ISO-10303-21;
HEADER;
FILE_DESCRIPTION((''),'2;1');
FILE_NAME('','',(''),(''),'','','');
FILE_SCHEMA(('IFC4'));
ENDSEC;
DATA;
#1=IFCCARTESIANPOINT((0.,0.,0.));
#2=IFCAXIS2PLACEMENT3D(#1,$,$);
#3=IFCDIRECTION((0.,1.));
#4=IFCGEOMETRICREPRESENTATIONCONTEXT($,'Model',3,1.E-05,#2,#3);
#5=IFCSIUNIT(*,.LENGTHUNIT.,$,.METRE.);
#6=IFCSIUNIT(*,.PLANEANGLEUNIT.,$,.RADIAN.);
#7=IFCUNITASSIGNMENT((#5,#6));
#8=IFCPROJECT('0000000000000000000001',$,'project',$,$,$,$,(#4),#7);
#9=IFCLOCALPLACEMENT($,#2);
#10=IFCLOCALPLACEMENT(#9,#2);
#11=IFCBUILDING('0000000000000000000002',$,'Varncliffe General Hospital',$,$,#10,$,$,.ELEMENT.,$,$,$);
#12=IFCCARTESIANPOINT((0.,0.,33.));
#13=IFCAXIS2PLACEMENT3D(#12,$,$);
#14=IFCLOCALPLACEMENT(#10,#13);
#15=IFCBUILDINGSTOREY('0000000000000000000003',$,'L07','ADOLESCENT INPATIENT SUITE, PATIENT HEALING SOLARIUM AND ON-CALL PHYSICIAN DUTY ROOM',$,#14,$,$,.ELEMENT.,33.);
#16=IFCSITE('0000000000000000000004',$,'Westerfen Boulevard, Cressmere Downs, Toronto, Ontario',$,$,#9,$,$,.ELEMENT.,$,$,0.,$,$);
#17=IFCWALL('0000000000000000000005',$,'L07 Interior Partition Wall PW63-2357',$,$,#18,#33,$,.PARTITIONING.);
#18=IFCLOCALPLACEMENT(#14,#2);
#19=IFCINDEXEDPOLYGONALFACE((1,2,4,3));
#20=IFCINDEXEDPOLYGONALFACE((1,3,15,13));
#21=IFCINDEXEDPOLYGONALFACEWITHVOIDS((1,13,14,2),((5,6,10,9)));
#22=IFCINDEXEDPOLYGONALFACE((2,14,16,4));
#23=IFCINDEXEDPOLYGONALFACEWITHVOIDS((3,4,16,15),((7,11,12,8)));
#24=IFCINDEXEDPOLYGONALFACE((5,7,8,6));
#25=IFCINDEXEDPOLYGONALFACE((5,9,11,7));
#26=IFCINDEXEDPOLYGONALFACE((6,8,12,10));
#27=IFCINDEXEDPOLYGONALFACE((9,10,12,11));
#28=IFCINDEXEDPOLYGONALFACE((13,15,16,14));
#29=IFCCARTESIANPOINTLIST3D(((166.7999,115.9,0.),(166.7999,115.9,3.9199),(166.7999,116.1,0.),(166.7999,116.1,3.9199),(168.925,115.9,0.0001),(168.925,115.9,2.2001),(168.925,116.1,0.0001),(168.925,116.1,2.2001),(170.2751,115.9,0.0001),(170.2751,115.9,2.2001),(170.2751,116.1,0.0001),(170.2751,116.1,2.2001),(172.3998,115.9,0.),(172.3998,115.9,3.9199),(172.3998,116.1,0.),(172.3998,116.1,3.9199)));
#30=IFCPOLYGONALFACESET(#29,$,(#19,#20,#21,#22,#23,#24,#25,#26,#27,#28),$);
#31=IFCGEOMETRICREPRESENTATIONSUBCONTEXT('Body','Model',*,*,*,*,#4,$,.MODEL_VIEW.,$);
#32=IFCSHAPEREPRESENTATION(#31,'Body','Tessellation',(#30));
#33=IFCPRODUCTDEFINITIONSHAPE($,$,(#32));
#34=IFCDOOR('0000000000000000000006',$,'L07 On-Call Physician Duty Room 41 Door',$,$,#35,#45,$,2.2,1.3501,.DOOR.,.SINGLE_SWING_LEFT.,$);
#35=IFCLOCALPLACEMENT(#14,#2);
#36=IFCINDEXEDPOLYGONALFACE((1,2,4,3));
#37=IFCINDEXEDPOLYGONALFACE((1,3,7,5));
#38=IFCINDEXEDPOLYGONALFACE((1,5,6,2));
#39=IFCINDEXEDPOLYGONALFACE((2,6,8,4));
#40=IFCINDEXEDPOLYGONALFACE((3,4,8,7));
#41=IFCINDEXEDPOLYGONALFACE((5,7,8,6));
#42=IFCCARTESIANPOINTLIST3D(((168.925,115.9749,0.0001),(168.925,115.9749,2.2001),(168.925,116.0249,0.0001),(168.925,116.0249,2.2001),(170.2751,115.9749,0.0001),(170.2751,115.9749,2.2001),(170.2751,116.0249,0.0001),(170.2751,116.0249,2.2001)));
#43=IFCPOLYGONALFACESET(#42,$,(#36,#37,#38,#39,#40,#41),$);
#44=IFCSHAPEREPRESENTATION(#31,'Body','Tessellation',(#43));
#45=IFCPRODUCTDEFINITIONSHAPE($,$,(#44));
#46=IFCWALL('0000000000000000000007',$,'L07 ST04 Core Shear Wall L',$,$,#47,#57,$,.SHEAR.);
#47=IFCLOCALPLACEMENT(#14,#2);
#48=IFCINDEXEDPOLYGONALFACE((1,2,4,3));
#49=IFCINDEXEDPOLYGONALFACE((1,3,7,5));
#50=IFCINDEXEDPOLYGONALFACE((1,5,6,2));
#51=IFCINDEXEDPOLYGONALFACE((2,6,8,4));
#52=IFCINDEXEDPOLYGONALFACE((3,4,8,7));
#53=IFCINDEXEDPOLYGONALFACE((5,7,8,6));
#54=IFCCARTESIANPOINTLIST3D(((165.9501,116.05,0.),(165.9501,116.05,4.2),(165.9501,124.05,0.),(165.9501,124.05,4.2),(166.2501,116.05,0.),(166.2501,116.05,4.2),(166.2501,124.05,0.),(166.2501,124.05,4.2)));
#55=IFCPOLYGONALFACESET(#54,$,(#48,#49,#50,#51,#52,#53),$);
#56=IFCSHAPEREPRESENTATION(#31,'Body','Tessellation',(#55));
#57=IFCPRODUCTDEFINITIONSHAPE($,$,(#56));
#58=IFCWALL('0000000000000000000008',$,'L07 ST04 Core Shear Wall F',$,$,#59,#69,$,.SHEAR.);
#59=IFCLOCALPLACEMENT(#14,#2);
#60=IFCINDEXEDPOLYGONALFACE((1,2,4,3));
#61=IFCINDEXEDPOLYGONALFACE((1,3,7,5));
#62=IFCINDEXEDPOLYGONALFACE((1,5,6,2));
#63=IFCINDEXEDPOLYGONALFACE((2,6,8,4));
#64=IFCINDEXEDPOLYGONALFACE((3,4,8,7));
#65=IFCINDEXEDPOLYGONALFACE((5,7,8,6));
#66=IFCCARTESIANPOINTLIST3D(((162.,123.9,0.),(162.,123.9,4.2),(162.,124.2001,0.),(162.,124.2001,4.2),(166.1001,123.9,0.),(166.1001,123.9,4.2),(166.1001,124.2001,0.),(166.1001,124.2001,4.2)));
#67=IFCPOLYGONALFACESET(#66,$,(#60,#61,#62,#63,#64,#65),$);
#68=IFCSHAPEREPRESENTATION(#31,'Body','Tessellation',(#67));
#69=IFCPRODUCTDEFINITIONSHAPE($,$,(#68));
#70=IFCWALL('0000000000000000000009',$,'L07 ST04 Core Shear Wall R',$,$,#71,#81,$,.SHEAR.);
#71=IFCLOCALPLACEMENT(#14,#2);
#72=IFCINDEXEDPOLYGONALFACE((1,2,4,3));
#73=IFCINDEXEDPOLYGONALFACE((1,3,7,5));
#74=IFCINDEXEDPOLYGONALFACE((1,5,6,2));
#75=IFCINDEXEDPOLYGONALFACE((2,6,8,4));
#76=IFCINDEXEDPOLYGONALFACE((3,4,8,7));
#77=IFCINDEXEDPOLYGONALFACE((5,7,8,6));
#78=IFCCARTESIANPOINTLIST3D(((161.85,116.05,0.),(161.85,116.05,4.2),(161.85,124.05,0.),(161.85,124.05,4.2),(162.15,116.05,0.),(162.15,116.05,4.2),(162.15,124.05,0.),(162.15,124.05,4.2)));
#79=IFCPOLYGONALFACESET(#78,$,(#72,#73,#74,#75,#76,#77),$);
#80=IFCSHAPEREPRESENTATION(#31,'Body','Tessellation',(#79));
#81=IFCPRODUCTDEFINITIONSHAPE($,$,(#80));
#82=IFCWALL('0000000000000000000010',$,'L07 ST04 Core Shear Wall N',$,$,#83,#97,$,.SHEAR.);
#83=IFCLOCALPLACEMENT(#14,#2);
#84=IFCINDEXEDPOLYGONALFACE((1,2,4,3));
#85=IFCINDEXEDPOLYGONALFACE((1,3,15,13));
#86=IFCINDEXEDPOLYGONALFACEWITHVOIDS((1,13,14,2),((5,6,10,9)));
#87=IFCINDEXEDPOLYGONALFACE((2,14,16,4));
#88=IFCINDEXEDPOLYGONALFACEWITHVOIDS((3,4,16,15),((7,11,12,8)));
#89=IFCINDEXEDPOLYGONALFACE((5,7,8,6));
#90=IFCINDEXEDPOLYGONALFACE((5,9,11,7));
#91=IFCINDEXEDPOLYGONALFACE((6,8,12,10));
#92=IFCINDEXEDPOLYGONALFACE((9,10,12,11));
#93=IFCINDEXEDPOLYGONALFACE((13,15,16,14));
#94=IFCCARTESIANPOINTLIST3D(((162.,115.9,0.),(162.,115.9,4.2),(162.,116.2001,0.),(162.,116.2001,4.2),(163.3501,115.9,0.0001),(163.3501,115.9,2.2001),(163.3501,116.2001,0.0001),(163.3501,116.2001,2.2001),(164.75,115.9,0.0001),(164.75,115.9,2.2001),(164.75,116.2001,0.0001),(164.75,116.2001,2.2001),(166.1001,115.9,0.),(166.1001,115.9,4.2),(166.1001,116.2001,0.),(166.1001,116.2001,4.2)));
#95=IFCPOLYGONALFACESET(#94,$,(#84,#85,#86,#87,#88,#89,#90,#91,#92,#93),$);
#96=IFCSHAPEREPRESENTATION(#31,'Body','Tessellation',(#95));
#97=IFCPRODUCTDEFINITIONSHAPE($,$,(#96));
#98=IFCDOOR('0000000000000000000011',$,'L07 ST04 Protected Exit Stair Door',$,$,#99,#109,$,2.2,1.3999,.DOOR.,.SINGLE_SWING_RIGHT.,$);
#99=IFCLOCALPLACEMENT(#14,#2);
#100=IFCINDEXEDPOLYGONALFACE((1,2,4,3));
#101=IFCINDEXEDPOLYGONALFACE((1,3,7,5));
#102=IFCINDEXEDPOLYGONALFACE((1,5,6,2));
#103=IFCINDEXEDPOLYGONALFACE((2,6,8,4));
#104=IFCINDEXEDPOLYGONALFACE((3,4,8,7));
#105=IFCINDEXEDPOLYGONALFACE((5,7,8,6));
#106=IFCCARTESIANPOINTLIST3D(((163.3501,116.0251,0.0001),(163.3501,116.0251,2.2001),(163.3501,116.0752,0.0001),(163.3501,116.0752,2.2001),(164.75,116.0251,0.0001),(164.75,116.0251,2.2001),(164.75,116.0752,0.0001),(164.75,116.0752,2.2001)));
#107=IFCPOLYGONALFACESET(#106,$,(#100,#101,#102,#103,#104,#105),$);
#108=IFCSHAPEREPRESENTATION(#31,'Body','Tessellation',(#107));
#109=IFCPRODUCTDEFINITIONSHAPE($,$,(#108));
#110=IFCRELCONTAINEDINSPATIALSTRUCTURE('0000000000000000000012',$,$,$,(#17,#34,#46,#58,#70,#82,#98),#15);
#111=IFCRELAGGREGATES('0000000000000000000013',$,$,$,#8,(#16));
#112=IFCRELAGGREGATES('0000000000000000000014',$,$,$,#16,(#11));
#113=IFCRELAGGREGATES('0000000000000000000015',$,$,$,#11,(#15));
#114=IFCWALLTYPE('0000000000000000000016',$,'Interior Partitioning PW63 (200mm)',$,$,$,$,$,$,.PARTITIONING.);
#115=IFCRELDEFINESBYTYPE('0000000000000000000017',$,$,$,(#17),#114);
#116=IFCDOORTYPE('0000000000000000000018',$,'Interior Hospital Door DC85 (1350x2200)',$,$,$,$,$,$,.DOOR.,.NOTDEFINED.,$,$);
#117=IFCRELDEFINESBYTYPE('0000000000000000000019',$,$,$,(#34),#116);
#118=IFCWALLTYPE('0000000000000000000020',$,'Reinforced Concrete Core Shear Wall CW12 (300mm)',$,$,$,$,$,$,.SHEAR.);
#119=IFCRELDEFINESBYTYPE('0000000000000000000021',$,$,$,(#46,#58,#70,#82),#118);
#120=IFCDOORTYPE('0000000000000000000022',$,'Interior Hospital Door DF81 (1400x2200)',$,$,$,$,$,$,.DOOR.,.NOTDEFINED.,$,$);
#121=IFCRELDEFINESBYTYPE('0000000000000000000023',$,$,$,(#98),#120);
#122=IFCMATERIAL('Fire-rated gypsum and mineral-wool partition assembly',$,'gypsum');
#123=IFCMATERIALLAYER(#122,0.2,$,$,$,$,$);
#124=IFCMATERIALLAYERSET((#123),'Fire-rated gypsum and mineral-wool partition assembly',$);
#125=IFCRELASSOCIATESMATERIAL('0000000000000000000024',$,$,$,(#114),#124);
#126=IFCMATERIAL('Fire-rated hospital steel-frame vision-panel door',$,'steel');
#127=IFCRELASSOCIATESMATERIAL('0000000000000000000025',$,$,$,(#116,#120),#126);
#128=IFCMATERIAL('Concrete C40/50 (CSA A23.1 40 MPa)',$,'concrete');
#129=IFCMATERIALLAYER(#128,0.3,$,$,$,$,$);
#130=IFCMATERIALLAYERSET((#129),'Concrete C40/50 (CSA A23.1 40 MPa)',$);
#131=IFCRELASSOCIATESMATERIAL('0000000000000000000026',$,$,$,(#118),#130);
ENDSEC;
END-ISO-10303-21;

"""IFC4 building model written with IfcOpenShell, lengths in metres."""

from ifc_helpers import new_model, si_unit, direction, frame, frame_2d, origin, place, context, subcontext, project, spatial, rectangle, extrude, material, layer, layer_set, type_object, element, fill, save


model = new_model("IFC4")

# Units and contexts
model_context = context("Model", 3, precision=1e-05, world=origin(), true_north=direction((0.0, 1.0)))
body_context = subcontext(model_context, "Body", "Model", "MODEL_VIEW")
ifc_project = project(units=[si_unit("LENGTHUNIT", "METRE"), si_unit("PLANEANGLEUNIT", "RADIAN")], contexts=[model_context])

# Site, building, storey
site_placement = place(None, origin())
site = spatial("IfcSite", under=ifc_project, at=site_placement, Name="Westerfen Boulevard, Cressmere Downs, Toronto, Ontario", CompositionType="ELEMENT", RefElevation=0.0)
building_placement = place(site_placement, origin())
building = spatial("IfcBuilding", under=site, at=building_placement, Name="Varncliffe General Hospital", CompositionType="ELEMENT")
storey_placement = place(building_placement, frame((0.0, 0.0, 33.0)))
storey = spatial("IfcBuildingStorey", under=building, at=storey_placement, Name="L07", Description="ADOLESCENT INPATIENT SUITE, PATIENT HEALING SOLARIUM AND ON-CALL PHYSICIAN DUTY ROOM", CompositionType="ELEMENT", Elevation=33.0)

# Shared definitions
ifc_material_1 = material(Name="Concrete C40/50 (CSA A23.1 40 MPa)", Category="concrete")

# Shared definitions
ifc_material_2 = material(Name="Fire-rated gypsum and mineral-wool partition assembly", Category="gypsum")
ifc_material_3 = material(Name="Fire-rated hospital steel-frame vision-panel door", Category="steel")

# Wall, opening, door
ifc_layer_1 = layer(ifc_material_2, 0.2)
ifc_layer_set_1 = layer_set([ifc_layer_1], Name="Fire-rated gypsum and mineral-wool partition assembly")
wall_type_1 = type_object("IfcWallType", Name="Interior Partitioning PW63 (200mm)", PredefinedType="PARTITIONING", material=ifc_layer_set_1)
wall_1_placement = place(storey_placement, frame((166.8, 116.0, 0.0), z_axis=(0.0, 0.0, 1.0), x_axis=(1.0, 0.0, 0.0)))
wall_1 = element("IfcWall", 1, at=wall_1_placement, inside=storey, type_object=wall_type_1, Name="L07 Interior Partition Wall PW63-2357", PredefinedType="PARTITIONING", context=body_context, shape_type="SweptSolid", body=[
    extrude(rectangle(XDim=5.5999, YDim=0.2, at=frame_2d((2.7998, 0.0))), origin(), (0.0, 0.0, 1.0), 3.9199),
])
opening_1_placement = place(wall_1_placement, frame((2.125, 0.0, 0.0)))
opening_1 = element("IfcOpeningElement", 2, at=opening_1_placement, cuts=wall_1, PredefinedType="OPENING", context=body_context, shape_type="SweptSolid", body=[
    extrude(rectangle(XDim=1.3501, YDim=2.2, at=frame_2d((0.675, 1.1001))), frame((0.0, 0.1099, 0.0), z_axis=(0.0, -1.0, 0.0), x_axis=(1.0, 0.0, 0.0)), (0.0, 0.0, 1.0), 0.22),
])
door_type_1 = type_object("IfcDoorType", Name="Interior Hospital Door DC85 (1350x2200)", OperationType="NOTDEFINED", PredefinedType="DOOR", material=ifc_material_3)
door_1_placement = place(opening_1_placement, origin())
door_1 = element("IfcDoor", 3, at=door_1_placement, inside=storey, type_object=door_type_1, Name="L07 On-Call Physician Duty Room 41 Door", OperationType="SINGLE_SWING_LEFT", OverallHeight=2.2, OverallWidth=1.3501, PredefinedType="DOOR", context=body_context, shape_type="SweptSolid", body=[
    extrude(rectangle(XDim=1.3501, YDim=2.2, at=frame_2d((0.675, 1.1001))), frame((0.0, 0.0249, 0.0), z_axis=(0.0, -1.0, 0.0), x_axis=(1.0, 0.0, 0.0)), (0.0, 0.0, 1.0), 0.05),
])
fill(opening_1, door_1)

# Walls
ifc_layer_2 = layer(ifc_material_1, 0.3)
ifc_layer_set_2 = layer_set([ifc_layer_2], Name="Concrete C40/50 (CSA A23.1 40 MPa)")
wall_type_2 = type_object("IfcWallType", Name="Reinforced Concrete Core Shear Wall CW12 (300mm)", PredefinedType="SHEAR", material=ifc_layer_set_2)
wall_2_placement = place(storey_placement, frame((166.1001, 116.05, 0.0), z_axis=(0.0, 0.0, 1.0), x_axis=(0.0, 1.0, 0.0)))
element("IfcWall", 4, at=wall_2_placement, inside=storey, type_object=wall_type_2, Name="L07 ST04 Core Shear Wall L", PredefinedType="SHEAR", context=body_context, shape_type="SweptSolid", body=[
    extrude(rectangle(XDim=8.0, YDim=0.3, at=frame_2d((4.0, 0.0))), origin(), (0.0, 0.0, 1.0), 4.2),
])
wall_3_placement = place(storey_placement, frame((166.1001, 124.05, 0.0), z_axis=(0.0, 0.0, 1.0), x_axis=(-1.0, 0.0, 0.0)))
element("IfcWall", 5, at=wall_3_placement, inside=storey, type_object=wall_type_2, Name="L07 ST04 Core Shear Wall F", PredefinedType="SHEAR", context=body_context, shape_type="SweptSolid", body=[
    extrude(rectangle(XDim=4.1001, YDim=0.3, at=frame_2d((2.05, 0.0))), origin(), (0.0, 0.0, 1.0), 4.2),
])
wall_4_placement = place(storey_placement, frame((162.0, 124.05, 0.0), z_axis=(0.0, 0.0, 1.0), x_axis=(0.0, -1.0, 0.0)))
element("IfcWall", 6, at=wall_4_placement, inside=storey, type_object=wall_type_2, Name="L07 ST04 Core Shear Wall R", PredefinedType="SHEAR", context=body_context, shape_type="SweptSolid", body=[
    extrude(rectangle(XDim=8.0, YDim=0.3, at=frame_2d((4.0, 0.0))), origin(), (0.0, 0.0, 1.0), 4.2),
])

# Wall, opening, door
wall_5_placement = place(storey_placement, frame((162.0, 116.05, 0.0), z_axis=(0.0, 0.0, 1.0), x_axis=(1.0, 0.0, 0.0)))
wall_5 = element("IfcWall", 7, at=wall_5_placement, inside=storey, type_object=wall_type_2, Name="L07 ST04 Core Shear Wall N", PredefinedType="SHEAR", context=body_context, shape_type="SweptSolid", body=[
    extrude(rectangle(XDim=4.1001, YDim=0.3, at=frame_2d((2.05, 0.0))), origin(), (0.0, 0.0, 1.0), 4.2),
])
opening_2_placement = place(wall_5_placement, frame((1.3501, 0.0, 0.0)))
opening_2 = element("IfcOpeningElement", 8, at=opening_2_placement, cuts=wall_5, PredefinedType="OPENING", context=body_context, shape_type="SweptSolid", body=[
    extrude(rectangle(XDim=1.3999, YDim=2.2, at=frame_2d((0.7, 1.1001))), frame((0.0, 0.1602, 0.0), z_axis=(0.0, -1.0, 0.0), x_axis=(1.0, 0.0, 0.0)), (0.0, 0.0, 1.0), 0.3201),
])
door_type_2 = type_object("IfcDoorType", Name="Interior Hospital Door DF81 (1400x2200)", OperationType="NOTDEFINED", PredefinedType="DOOR", material=ifc_material_3)
door_2_placement = place(opening_2_placement, frame((1.3999, 0.0, 0.0), z_axis=(0.0, 0.0, 1.0), x_axis=(-1.0, 0.0, 0.0)))
door_2 = element("IfcDoor", 9, at=door_2_placement, inside=storey, type_object=door_type_2, Name="L07 ST04 Protected Exit Stair Door", OperationType="SINGLE_SWING_RIGHT", OverallHeight=2.2, OverallWidth=1.3999, PredefinedType="DOOR", context=body_context, shape_type="SweptSolid", body=[
    extrude(rectangle(XDim=1.3999, YDim=2.2, at=frame_2d((0.7, 1.1001))), frame((0.0, 0.0249, 0.0), z_axis=(0.0, -1.0, 0.0), x_axis=(1.0, 0.0, 0.0)), (0.0, 0.0, 1.0), 0.05),
])
fill(opening_2, door_2)

save(model, "model.ifc")
